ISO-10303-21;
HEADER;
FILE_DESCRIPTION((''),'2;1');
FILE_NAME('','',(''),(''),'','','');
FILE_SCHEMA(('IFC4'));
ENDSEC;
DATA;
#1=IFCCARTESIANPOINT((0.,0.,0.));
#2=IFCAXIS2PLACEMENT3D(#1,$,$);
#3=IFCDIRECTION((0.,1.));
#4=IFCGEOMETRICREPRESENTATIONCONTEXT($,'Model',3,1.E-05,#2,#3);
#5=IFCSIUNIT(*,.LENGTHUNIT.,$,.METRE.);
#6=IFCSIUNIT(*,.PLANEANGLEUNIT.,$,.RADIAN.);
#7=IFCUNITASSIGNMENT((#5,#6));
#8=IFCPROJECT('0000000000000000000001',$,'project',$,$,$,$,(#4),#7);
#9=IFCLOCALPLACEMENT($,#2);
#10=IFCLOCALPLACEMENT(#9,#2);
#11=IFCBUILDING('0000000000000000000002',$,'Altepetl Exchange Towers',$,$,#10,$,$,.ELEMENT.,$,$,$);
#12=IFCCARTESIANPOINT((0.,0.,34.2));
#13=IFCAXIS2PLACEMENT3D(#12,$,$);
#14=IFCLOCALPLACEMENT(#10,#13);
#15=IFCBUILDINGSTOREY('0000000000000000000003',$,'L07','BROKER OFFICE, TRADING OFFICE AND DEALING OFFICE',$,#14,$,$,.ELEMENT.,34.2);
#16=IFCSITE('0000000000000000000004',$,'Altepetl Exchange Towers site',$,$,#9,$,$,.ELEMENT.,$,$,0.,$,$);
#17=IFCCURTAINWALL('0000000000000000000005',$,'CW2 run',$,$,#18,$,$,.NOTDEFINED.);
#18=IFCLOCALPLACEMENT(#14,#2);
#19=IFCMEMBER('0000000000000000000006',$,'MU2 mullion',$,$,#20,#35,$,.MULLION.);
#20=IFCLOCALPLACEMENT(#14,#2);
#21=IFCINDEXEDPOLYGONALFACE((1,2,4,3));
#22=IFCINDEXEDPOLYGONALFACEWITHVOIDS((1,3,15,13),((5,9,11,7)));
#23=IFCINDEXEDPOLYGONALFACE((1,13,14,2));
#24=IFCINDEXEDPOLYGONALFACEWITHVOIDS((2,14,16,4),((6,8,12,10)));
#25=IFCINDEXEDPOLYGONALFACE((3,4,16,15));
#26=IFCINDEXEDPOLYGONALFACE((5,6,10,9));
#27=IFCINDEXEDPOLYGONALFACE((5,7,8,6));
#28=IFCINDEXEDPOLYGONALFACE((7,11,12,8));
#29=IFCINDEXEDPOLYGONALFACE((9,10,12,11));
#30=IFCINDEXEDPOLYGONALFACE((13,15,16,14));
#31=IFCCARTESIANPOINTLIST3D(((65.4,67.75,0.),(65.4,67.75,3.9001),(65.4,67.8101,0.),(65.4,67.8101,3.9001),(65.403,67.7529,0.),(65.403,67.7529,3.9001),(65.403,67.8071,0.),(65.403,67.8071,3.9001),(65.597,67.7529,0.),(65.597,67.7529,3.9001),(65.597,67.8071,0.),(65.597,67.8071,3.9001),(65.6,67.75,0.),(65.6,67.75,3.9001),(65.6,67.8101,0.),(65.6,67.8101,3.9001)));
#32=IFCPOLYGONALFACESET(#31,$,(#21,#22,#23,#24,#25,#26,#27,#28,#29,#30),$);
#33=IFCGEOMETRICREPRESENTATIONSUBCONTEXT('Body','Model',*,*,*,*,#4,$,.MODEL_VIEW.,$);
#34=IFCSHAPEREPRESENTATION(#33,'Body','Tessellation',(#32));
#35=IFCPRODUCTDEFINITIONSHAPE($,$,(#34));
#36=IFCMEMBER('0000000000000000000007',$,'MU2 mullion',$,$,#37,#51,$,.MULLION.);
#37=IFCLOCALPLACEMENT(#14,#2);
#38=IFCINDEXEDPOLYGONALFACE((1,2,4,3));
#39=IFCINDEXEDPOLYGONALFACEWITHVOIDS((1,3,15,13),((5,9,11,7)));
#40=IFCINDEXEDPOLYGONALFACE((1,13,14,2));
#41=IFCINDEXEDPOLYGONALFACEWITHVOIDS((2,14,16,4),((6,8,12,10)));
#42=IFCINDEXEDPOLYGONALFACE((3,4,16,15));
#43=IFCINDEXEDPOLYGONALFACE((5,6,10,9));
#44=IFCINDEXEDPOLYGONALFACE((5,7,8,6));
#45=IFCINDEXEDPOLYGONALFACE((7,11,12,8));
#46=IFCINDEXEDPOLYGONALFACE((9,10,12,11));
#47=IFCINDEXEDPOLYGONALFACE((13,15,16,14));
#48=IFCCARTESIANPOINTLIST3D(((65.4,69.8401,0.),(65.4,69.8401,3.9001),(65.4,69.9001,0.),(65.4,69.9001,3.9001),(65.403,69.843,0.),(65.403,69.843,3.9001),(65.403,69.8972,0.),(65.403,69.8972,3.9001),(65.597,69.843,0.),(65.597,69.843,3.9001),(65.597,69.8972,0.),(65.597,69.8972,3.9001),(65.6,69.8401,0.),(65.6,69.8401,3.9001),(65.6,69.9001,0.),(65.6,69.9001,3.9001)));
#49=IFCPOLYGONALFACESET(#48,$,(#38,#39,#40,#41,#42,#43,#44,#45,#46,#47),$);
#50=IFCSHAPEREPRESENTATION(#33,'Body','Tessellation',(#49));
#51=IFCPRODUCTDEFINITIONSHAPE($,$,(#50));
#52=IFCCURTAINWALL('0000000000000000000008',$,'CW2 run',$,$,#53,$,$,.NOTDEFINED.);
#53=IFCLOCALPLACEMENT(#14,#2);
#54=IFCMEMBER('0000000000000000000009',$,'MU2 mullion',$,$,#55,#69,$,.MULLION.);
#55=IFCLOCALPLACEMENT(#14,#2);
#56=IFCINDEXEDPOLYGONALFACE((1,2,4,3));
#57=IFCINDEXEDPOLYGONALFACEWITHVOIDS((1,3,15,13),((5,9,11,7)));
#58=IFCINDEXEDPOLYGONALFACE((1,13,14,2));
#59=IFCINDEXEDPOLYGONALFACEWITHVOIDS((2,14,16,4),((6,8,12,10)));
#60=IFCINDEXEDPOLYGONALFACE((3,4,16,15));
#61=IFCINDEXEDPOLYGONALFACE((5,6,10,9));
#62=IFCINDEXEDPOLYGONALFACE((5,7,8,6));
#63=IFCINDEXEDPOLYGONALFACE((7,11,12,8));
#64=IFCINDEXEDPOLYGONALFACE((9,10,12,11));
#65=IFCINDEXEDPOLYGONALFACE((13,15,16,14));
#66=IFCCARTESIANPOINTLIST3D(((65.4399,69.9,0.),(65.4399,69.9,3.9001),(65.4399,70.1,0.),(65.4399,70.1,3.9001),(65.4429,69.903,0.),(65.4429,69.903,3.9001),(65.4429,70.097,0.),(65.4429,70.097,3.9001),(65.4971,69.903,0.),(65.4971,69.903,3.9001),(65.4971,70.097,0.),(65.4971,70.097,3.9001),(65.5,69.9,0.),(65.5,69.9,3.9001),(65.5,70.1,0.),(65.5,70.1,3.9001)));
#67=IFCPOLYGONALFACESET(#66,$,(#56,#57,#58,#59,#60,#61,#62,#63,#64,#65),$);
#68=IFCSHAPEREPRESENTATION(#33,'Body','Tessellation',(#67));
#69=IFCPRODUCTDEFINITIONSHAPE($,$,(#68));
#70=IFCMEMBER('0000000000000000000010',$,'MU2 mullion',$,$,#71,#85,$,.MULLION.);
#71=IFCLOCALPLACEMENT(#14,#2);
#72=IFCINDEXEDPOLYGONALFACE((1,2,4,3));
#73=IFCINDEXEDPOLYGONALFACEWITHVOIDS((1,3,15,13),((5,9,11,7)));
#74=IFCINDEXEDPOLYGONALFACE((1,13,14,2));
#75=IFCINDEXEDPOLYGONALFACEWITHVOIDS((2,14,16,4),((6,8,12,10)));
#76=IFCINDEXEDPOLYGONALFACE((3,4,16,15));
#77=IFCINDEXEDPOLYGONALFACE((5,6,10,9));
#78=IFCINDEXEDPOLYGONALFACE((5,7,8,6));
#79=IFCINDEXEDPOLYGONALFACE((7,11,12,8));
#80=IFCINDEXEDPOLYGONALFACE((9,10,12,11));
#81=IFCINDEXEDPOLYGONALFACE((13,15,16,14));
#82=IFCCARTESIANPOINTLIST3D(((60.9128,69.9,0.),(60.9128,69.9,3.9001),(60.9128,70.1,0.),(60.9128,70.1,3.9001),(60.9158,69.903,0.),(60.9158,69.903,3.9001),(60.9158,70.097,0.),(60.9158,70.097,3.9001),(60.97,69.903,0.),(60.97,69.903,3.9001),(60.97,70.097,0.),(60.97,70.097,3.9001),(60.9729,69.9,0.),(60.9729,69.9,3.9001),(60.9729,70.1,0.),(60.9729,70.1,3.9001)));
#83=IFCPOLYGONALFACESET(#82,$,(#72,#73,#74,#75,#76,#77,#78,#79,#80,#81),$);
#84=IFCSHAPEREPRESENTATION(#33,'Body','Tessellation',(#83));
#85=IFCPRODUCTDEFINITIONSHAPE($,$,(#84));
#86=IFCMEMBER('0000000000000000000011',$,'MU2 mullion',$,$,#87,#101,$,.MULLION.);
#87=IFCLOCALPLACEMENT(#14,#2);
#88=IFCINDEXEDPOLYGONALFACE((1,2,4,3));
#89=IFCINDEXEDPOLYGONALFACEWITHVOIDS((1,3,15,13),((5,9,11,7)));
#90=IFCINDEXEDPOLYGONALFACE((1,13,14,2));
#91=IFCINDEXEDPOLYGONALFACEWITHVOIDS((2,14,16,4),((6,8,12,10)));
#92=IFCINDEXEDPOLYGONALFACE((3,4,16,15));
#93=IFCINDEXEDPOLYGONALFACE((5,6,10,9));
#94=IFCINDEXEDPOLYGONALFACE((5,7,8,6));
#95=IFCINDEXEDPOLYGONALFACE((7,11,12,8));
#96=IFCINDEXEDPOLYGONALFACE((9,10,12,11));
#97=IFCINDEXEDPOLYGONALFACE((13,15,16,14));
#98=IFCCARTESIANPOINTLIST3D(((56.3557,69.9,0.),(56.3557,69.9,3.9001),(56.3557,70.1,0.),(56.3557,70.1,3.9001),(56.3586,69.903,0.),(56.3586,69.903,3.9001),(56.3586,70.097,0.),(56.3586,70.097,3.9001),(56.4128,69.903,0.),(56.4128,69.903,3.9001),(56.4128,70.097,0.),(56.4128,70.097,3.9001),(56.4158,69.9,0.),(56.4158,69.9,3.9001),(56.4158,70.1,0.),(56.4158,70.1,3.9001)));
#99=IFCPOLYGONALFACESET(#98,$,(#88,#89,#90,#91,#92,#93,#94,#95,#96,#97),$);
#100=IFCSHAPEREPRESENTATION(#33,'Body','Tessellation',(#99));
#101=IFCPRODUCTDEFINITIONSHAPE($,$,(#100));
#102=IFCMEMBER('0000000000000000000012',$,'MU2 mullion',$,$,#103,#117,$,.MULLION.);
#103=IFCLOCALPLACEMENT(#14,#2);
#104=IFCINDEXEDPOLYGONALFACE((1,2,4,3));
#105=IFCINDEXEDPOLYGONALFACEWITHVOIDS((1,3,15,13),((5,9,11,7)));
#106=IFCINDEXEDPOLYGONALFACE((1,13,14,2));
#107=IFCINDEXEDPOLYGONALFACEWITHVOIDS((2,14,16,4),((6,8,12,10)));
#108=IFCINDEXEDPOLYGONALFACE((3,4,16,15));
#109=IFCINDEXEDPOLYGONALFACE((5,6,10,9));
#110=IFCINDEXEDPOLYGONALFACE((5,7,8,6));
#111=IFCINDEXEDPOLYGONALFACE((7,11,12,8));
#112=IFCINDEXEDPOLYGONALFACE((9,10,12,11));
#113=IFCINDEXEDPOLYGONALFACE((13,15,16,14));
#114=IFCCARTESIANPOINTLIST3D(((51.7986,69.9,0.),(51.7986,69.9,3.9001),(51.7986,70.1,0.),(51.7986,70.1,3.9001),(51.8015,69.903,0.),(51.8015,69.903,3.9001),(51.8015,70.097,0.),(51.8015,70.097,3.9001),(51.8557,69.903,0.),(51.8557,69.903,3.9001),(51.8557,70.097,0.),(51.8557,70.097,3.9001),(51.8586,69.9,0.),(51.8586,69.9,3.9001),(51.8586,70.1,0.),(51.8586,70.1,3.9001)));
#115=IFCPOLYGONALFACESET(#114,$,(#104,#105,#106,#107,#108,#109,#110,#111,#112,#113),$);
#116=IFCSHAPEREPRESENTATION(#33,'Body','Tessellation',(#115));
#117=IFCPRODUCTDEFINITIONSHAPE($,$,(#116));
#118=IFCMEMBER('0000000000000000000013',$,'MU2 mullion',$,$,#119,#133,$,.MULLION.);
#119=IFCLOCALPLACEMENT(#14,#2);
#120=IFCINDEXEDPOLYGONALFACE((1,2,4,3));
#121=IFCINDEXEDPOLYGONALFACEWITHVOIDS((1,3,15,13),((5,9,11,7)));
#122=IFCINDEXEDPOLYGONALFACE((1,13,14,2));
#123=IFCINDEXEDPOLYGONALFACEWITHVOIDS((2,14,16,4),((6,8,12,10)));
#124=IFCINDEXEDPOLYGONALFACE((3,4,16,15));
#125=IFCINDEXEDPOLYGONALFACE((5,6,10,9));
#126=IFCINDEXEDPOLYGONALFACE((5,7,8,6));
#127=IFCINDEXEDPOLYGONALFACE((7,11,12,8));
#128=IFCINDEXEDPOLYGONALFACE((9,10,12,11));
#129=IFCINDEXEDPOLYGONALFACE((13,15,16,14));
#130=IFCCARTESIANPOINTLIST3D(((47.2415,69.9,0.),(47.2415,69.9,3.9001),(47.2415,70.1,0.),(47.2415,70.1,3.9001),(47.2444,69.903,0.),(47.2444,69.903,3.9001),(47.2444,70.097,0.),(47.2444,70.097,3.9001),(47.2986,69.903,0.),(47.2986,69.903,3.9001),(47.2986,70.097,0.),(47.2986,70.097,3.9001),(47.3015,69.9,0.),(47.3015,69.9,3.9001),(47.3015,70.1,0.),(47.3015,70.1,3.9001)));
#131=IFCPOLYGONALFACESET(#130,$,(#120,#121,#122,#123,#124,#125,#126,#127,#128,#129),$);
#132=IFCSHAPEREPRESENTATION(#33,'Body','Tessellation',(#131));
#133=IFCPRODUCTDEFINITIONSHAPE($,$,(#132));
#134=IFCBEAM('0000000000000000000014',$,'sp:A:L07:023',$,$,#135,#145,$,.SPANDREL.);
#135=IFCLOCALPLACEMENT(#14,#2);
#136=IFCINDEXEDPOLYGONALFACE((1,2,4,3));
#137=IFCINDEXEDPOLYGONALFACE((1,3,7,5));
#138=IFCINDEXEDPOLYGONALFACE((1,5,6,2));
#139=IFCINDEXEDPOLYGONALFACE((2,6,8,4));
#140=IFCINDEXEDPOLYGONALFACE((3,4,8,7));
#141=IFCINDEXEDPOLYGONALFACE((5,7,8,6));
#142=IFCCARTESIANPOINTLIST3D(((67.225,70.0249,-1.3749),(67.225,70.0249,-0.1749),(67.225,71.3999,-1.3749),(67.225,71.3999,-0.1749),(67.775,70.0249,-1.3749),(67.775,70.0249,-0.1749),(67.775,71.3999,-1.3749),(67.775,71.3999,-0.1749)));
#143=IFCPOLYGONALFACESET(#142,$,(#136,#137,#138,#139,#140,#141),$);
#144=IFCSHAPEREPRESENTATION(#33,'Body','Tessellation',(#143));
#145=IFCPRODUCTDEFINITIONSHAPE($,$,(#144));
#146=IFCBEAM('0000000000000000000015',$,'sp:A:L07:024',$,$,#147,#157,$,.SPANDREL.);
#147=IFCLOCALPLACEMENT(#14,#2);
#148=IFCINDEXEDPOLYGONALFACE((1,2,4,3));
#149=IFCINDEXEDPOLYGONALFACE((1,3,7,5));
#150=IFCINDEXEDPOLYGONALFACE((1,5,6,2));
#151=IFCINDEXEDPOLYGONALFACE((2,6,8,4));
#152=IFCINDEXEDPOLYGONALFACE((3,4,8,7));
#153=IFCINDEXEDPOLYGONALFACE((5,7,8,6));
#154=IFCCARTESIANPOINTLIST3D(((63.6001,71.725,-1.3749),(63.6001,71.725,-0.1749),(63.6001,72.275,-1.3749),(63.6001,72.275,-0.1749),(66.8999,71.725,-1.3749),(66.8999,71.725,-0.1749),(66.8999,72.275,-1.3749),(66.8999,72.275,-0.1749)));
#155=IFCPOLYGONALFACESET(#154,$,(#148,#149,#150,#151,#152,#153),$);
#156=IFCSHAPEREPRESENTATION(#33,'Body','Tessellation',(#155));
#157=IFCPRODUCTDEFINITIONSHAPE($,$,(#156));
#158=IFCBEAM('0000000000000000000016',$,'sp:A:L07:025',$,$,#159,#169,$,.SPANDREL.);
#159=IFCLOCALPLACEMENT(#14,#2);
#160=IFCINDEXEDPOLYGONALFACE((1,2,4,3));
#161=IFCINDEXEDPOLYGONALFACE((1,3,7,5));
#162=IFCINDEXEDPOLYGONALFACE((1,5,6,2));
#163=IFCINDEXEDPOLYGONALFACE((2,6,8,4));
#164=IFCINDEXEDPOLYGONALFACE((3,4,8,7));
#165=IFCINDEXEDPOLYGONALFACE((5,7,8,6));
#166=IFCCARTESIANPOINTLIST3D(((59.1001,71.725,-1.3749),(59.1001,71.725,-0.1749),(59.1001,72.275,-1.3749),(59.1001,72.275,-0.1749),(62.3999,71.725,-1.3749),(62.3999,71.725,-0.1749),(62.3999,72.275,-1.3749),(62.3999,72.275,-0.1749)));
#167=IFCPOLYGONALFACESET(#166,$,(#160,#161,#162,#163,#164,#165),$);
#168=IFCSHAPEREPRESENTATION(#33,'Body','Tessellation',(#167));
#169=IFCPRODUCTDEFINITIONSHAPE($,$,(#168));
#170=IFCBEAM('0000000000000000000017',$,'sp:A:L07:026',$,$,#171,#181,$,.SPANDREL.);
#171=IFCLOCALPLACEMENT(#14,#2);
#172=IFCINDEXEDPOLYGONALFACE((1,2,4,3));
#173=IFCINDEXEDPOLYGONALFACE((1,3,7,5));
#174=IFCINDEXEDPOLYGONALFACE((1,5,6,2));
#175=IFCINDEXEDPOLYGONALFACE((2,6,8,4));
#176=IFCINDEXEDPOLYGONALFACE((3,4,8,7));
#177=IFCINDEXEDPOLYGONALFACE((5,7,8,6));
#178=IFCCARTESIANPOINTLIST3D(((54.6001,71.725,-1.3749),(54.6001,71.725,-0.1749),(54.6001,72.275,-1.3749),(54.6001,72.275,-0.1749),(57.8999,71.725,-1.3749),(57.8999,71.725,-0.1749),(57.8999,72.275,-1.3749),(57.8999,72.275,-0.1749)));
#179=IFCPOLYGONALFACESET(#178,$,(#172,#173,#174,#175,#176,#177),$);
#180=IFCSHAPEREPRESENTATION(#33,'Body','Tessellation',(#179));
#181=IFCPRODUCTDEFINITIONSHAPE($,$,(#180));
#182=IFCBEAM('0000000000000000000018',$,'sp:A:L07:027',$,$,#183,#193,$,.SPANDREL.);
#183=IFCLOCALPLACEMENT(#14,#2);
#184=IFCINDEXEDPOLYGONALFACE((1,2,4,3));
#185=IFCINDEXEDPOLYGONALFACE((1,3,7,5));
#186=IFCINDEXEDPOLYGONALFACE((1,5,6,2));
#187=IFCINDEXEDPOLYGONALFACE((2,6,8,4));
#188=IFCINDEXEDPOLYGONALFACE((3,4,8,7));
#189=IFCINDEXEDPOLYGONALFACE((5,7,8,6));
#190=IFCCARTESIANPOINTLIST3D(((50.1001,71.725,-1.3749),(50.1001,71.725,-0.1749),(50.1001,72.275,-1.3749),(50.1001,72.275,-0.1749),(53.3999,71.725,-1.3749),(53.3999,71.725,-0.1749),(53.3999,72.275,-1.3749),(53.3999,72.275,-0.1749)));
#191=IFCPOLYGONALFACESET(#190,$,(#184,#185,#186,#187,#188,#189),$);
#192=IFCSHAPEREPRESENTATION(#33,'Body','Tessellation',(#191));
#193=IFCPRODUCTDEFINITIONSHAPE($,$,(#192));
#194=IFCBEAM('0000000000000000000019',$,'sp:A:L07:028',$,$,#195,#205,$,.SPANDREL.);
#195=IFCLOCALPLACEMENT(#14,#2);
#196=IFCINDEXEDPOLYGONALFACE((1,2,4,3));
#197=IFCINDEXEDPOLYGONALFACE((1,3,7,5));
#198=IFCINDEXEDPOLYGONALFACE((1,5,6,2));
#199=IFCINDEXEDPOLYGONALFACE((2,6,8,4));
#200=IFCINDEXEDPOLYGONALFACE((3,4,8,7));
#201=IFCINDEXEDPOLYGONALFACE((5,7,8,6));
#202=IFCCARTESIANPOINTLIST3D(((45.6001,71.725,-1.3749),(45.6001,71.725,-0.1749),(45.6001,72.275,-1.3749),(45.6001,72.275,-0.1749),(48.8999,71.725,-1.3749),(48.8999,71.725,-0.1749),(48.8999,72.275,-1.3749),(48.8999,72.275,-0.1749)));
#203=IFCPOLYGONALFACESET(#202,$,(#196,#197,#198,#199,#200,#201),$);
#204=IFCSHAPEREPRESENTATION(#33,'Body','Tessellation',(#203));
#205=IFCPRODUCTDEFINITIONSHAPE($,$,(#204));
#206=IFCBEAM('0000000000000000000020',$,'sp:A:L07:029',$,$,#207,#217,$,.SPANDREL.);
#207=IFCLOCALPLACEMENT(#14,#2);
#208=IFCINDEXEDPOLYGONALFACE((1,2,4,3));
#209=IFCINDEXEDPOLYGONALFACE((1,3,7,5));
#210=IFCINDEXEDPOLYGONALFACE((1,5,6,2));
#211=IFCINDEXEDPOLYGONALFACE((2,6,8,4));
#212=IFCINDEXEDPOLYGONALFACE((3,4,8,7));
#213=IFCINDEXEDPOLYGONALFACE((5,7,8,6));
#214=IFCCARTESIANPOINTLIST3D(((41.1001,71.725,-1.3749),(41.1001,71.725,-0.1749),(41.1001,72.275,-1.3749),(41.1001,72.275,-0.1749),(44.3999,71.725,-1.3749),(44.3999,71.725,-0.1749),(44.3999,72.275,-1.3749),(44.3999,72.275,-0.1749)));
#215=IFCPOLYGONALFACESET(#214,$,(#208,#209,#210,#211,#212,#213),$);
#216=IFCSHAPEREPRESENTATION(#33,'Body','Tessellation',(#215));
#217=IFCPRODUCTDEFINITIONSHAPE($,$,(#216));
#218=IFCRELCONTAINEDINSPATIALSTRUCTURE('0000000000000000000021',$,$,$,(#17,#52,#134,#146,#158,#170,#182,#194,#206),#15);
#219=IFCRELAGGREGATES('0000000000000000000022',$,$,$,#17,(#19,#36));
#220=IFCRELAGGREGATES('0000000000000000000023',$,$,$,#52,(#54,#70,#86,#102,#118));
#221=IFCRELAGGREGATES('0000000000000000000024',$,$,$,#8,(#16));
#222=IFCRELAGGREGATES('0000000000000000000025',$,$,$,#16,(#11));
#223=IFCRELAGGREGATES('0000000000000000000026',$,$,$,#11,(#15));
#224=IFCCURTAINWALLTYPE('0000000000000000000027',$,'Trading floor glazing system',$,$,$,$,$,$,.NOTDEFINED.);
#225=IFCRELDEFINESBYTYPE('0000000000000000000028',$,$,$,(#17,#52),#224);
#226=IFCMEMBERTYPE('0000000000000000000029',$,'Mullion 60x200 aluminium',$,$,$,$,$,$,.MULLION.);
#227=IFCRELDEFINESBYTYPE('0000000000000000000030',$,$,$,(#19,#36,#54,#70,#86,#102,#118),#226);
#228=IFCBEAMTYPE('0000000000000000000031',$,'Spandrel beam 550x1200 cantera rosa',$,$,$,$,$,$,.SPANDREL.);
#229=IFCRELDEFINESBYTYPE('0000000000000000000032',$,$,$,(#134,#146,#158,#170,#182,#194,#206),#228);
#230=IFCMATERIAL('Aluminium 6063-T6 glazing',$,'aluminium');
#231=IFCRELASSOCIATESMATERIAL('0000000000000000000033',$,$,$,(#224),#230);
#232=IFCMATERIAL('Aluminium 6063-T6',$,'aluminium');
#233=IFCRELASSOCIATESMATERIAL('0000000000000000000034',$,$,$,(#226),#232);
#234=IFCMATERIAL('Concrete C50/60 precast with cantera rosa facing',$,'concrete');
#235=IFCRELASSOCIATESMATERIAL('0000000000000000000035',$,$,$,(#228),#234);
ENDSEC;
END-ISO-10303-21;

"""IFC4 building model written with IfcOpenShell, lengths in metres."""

from ifc_helpers import new_model, si_unit, direction, frame, origin, origin_2d, place, context, subcontext, project, spatial, rectangle, hollow_rectangle, extrude, material, material_profile, profile_set, type_object, element, aggregate, save


model = new_model("IFC4")

# Units and contexts
model_context = context("Model", 3, precision=1e-05, world=origin(), true_north=direction((0.0, 1.0)))
body_context = subcontext(model_context, "Body", "Model", "MODEL_VIEW")
ifc_project = project(units=[si_unit("LENGTHUNIT", "METRE"), si_unit("PLANEANGLEUNIT", "RADIAN")], contexts=[model_context])

# Site, building, storey
site_placement = place(None, origin())
site = spatial("IfcSite", under=ifc_project, at=site_placement, Name="Altepetl Exchange Towers site", CompositionType="ELEMENT", RefElevation=0.0)
building_placement = place(site_placement, origin())
building = spatial("IfcBuilding", under=site, at=building_placement, Name="Altepetl Exchange Towers", CompositionType="ELEMENT")
storey_placement = place(building_placement, frame((0.0, 0.0, 34.2)))
storey = spatial("IfcBuildingStorey", under=building, at=storey_placement, Name="L07", Description="BROKER OFFICE, TRADING OFFICE AND DEALING OFFICE", CompositionType="ELEMENT", Elevation=34.2)

# Curtain walls, members
ifc_material_1 = material(Name="Aluminium 6063-T6 glazing", Category="aluminium")
curtain_wall_type = type_object("IfcCurtainWallType", Name="Trading floor glazing system", PredefinedType="NOTDEFINED", material=ifc_material_1)
ifc_material_2 = material(Name="Aluminium 6063-T6", Category="aluminium")
ifc_material_profile_1 = material_profile(ifc_material_2, hollow_rectangle(XDim=0.0601, YDim=0.2, WallThickness=0.0029, at=origin_2d()), Name="Mullion 60x200 aluminium")
ifc_profile_set_1 = profile_set([ifc_material_profile_1], Name="Aluminium 6063-T6")
member_type = type_object("IfcMemberType", Name="Mullion 60x200 aluminium", PredefinedType="MULLION", material=ifc_profile_set_1)
curtain_wall_1_placement = place(storey_placement, origin())
curtain_wall_1 = element("IfcCurtainWall", 1, at=curtain_wall_1_placement, inside=storey, type_object=curtain_wall_type, Name="CW2 run", PredefinedType="NOTDEFINED")
member_1_placement = place(storey_placement, frame((65.5, 67.78, 0.0), z_axis=(0.0, 0.0, 1.0), x_axis=(0.0, 1.0, 0.0)))
member_1 = element("IfcMember", 2, at=member_1_placement, type_object=member_type, Name="MU2 mullion", PredefinedType="MULLION", context=body_context, shape_type="SweptSolid", body=[
    extrude(hollow_rectangle(XDim=0.0601, YDim=0.2, WallThickness=0.0029, at=origin_2d()), origin(), (0.0, 0.0, 1.0), 3.9001),
])
member_2_placement = place(storey_placement, frame((65.5, 69.8701, 0.0), z_axis=(0.0, 0.0, 1.0), x_axis=(0.0, 1.0, 0.0)))
member_2 = element("IfcMember", 3, at=member_2_placement, type_object=member_type, Name="MU2 mullion", PredefinedType="MULLION", context=body_context, shape_type="SweptSolid", body=[
    extrude(hollow_rectangle(XDim=0.0601, YDim=0.2, WallThickness=0.0029, at=origin_2d()), origin(), (0.0, 0.0, 1.0), 3.9001),
])
curtain_wall_2_placement = place(storey_placement, origin())
curtain_wall_2 = element("IfcCurtainWall", 4, at=curtain_wall_2_placement, inside=storey, type_object=curtain_wall_type, Name="CW2 run", PredefinedType="NOTDEFINED")
member_3_placement = place(storey_placement, frame((65.47, 70.0, 0.0), z_axis=(0.0, 0.0, 1.0), x_axis=(-1.0, 0.0, 0.0)))
member_3 = element("IfcMember", 5, at=member_3_placement, type_object=member_type, Name="MU2 mullion", PredefinedType="MULLION", context=body_context, shape_type="SweptSolid", body=[
    extrude(hollow_rectangle(XDim=0.0601, YDim=0.2, WallThickness=0.0029, at=origin_2d()), origin(), (0.0, 0.0, 1.0), 3.9001),
])
member_4_placement = place(storey_placement, frame((60.9429, 70.0, 0.0), z_axis=(0.0, 0.0, 1.0), x_axis=(-1.0, 0.0, 0.0)))
member_4 = element("IfcMember", 6, at=member_4_placement, type_object=member_type, Name="MU2 mullion", PredefinedType="MULLION", context=body_context, shape_type="SweptSolid", body=[
    extrude(hollow_rectangle(XDim=0.0601, YDim=0.2, WallThickness=0.0029, at=origin_2d()), origin(), (0.0, 0.0, 1.0), 3.9001),
])
member_5_placement = place(storey_placement, frame((56.3857, 70.0, 0.0), z_axis=(0.0, 0.0, 1.0), x_axis=(-1.0, 0.0, 0.0)))
member_5 = element("IfcMember", 7, at=member_5_placement, type_object=member_type, Name="MU2 mullion", PredefinedType="MULLION", context=body_context, shape_type="SweptSolid", body=[
    extrude(hollow_rectangle(XDim=0.0601, YDim=0.2, WallThickness=0.0029, at=origin_2d()), origin(), (0.0, 0.0, 1.0), 3.9001),
])
member_6_placement = place(storey_placement, frame((51.8286, 70.0, 0.0), z_axis=(0.0, 0.0, 1.0), x_axis=(-1.0, 0.0, 0.0)))
member_6 = element("IfcMember", 8, at=member_6_placement, type_object=member_type, Name="MU2 mullion", PredefinedType="MULLION", context=body_context, shape_type="SweptSolid", body=[
    extrude(hollow_rectangle(XDim=0.0601, YDim=0.2, WallThickness=0.0029, at=origin_2d()), origin(), (0.0, 0.0, 1.0), 3.9001),
])
member_7_placement = place(storey_placement, frame((47.2715, 70.0, 0.0), z_axis=(0.0, 0.0, 1.0), x_axis=(-1.0, 0.0, 0.0)))
member_7 = element("IfcMember", 9, at=member_7_placement, type_object=member_type, Name="MU2 mullion", PredefinedType="MULLION", context=body_context, shape_type="SweptSolid", body=[
    extrude(hollow_rectangle(XDim=0.0601, YDim=0.2, WallThickness=0.0029, at=origin_2d()), origin(), (0.0, 0.0, 1.0), 3.9001),
])

# Beams
ifc_material_3 = material(Name="Concrete C50/60 precast with cantera rosa facing", Category="concrete")
ifc_material_profile_2 = material_profile(ifc_material_3, rectangle(XDim=0.55, YDim=1.2, at=origin_2d()), Name="550 x 1200")
ifc_profile_set_2 = profile_set([ifc_material_profile_2], Name="Concrete C50/60 precast with cantera rosa facing")
beam_type_1 = type_object("IfcBeamType", Name="Spandrel beam 550x1200 cantera rosa", PredefinedType="SPANDREL", material=ifc_profile_set_2)
beam_1_placement = place(storey_placement, frame((67.5, 70.0249, -0.7749), z_axis=(0.0, 1.0, 0.0), x_axis=(-1.0, 0.0, 0.0)))
element("IfcBeam", 10, at=beam_1_placement, inside=storey, type_object=beam_type_1, Name="sp:A:L07:023", PredefinedType="SPANDREL", context=body_context, shape_type="SweptSolid", body=[
    extrude(rectangle(XDim=0.55, YDim=1.2, at=origin_2d()), origin(), (0.0, 0.0, 1.0), 1.375),
])
for number, where, z_axis, x_axis, name in (
    (11, (66.8999, 72.0, -0.7749), (-1.0, 0.0, 0.0), (0.0, -1.0, 0.0), "sp:A:L07:024"),
    (12, (62.3999, 72.0, -0.7749), (-1.0, 0.0, 0.0), (0.0, -1.0, 0.0), "sp:A:L07:025"),
    (13, (57.8999, 72.0, -0.7749), (-1.0, 0.0, 0.0), (0.0, -1.0, 0.0), "sp:A:L07:026"),
    (14, (53.3999, 72.0, -0.7749), (-1.0, 0.0, 0.0), (0.0, -1.0, 0.0), "sp:A:L07:027"),
    (15, (48.8999, 72.0, -0.7749), (-1.0, 0.0, 0.0), (0.0, -1.0, 0.0), "sp:A:L07:028"),
    (16, (44.3999, 72.0, -0.7749), (-1.0, 0.0, 0.0), (0.0, -1.0, 0.0), "sp:A:L07:029"),
):
    element("IfcBeam", number, at=place(storey_placement, frame(where, z_axis=z_axis, x_axis=x_axis)), inside=storey, type_object=beam_type_1, Name=name, PredefinedType="SPANDREL", context=body_context, shape_type="SweptSolid", body=[
        extrude(rectangle(XDim=0.55, YDim=1.2, at=origin_2d()), origin(), (0.0, 0.0, 1.0), 3.2998),
    ])

aggregate(curtain_wall_1, [member_1, member_2])
aggregate(curtain_wall_2, [member_3, member_4, member_5, member_6, member_7])

save(model, "model.ifc")
